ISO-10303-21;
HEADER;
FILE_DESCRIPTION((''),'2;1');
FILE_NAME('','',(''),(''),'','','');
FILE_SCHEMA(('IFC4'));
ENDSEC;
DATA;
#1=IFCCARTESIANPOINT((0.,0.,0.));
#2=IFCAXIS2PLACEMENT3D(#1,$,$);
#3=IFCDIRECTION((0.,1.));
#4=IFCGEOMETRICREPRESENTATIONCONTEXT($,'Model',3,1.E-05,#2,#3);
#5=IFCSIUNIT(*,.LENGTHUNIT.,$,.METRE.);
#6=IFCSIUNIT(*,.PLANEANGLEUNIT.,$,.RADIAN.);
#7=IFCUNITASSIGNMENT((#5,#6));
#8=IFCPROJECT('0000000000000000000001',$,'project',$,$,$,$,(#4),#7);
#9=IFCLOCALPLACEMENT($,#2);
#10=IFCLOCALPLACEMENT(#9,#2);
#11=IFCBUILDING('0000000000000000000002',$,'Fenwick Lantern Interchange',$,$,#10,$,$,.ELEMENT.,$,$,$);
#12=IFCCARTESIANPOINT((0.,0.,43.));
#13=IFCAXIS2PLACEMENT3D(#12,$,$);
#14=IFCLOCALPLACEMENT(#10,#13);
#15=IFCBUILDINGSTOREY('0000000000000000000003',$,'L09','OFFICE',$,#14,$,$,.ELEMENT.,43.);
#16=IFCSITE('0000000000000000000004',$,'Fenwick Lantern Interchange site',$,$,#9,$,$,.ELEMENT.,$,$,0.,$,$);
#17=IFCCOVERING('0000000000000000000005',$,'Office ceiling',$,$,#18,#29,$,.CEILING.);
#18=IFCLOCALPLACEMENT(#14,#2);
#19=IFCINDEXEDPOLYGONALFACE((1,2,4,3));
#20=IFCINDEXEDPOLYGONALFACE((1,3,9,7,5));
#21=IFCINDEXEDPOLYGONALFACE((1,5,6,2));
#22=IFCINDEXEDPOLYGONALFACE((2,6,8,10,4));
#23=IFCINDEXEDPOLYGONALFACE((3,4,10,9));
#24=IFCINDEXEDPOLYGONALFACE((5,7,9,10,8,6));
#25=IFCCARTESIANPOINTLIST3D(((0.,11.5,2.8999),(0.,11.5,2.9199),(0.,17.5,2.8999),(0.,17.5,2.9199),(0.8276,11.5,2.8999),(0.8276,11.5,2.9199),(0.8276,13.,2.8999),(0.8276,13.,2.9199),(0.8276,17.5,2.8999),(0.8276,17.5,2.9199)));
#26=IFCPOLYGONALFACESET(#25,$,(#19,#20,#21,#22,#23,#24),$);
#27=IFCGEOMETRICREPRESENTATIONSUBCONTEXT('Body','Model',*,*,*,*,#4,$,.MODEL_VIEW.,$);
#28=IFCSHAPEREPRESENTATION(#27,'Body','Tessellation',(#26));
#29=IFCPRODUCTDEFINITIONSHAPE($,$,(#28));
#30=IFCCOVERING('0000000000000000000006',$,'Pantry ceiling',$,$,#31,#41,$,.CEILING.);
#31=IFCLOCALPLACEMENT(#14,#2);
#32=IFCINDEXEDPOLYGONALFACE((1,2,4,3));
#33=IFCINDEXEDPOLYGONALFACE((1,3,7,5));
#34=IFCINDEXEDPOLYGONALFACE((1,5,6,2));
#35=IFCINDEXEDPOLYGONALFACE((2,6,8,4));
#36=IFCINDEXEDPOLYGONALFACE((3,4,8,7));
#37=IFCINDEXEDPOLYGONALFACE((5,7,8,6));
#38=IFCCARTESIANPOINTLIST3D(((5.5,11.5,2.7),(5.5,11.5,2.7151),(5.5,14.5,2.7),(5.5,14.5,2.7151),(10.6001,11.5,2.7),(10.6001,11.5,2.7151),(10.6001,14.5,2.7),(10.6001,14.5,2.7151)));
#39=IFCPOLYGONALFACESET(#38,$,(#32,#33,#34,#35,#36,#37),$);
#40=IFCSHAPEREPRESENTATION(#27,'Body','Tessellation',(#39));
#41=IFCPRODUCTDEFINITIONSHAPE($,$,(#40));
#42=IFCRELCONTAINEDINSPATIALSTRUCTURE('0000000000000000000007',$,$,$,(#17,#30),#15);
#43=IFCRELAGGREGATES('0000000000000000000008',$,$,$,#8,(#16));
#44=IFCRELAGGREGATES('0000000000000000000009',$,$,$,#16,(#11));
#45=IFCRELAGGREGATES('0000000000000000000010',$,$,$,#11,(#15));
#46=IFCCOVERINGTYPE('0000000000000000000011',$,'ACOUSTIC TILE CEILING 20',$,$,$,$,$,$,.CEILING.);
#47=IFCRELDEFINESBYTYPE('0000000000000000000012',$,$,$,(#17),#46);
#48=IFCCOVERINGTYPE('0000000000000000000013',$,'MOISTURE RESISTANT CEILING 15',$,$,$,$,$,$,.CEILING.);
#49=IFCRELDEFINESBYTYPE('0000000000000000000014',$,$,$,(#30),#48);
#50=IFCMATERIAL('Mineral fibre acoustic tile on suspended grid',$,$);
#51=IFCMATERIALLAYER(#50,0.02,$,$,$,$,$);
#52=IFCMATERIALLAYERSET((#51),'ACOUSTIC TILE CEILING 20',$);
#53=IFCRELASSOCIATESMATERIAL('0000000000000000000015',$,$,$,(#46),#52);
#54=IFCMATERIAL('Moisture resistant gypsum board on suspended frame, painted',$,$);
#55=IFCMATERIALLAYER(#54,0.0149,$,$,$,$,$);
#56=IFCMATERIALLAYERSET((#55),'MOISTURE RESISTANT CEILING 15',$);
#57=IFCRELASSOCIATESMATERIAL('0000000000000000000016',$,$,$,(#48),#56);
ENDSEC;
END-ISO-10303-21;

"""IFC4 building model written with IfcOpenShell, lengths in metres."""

from ifc_helpers import new_model, si_unit, direction, frame, origin, place, context, subcontext, project, spatial, polyline, outline, extrude, material, layer, layer_set, type_object, element, save


model = new_model("IFC4")

# Units and contexts
model_context = context("Model", 3, precision=1e-05, world=origin(), true_north=direction((0.0, 1.0)))
body_context = subcontext(model_context, "Body", "Model", "MODEL_VIEW")
ifc_project = project(units=[si_unit("LENGTHUNIT", "METRE"), si_unit("PLANEANGLEUNIT", "RADIAN")], contexts=[model_context])

# Site, building, storey
site_placement = place(None, origin())
site = spatial("IfcSite", under=ifc_project, at=site_placement, Name="Fenwick Lantern Interchange site", CompositionType="ELEMENT", RefElevation=0.0)
building_placement = place(site_placement, origin())
building = spatial("IfcBuilding", under=site, at=building_placement, Name="Fenwick Lantern Interchange", CompositionType="ELEMENT")
storey_placement = place(building_placement, frame((0.0, 0.0, 43.0)))
storey = spatial("IfcBuildingStorey", under=building, at=storey_placement, Name="L09", Description="OFFICE", CompositionType="ELEMENT", Elevation=43.0)

# Coverings
ifc_material_1 = material(Name="Mineral fibre acoustic tile on suspended grid")
ifc_layer_1 = layer(ifc_material_1, 0.02)
ifc_layer_set_1 = layer_set([ifc_layer_1], Name="ACOUSTIC TILE CEILING 20")
covering_type_1 = type_object("IfcCoveringType", Name="ACOUSTIC TILE CEILING 20", PredefinedType="CEILING", material=ifc_layer_set_1)
covering_1_placement = place(storey_placement, frame((0.0, 0.0, 2.8999)))
element("IfcCovering", 1, at=covering_1_placement, inside=storey, type_object=covering_type_1, Name="Office ceiling", PredefinedType="CEILING", context=body_context, shape_type="SweptSolid", body=[
    extrude(outline(polyline([(0.0, 11.5), (0.8276, 11.5), (0.8276, 13.0), (0.8276, 17.5), (0.0, 17.5), (0.0, 11.5)])), origin(), (0.0, 0.0, 1.0), 0.02),
])
ifc_material_2 = material(Name="Moisture resistant gypsum board on suspended frame, painted")
ifc_layer_2 = layer(ifc_material_2, 0.0149)
ifc_layer_set_2 = layer_set([ifc_layer_2], Name="MOISTURE RESISTANT CEILING 15")
covering_type_2 = type_object("IfcCoveringType", Name="MOISTURE RESISTANT CEILING 15", PredefinedType="CEILING", material=ifc_layer_set_2)
covering_2_placement = place(storey_placement, frame((0.0, 0.0, 2.7)))
element("IfcCovering", 2, at=covering_2_placement, inside=storey, type_object=covering_type_2, Name="Pantry ceiling", PredefinedType="CEILING", context=body_context, shape_type="SweptSolid", body=[
    extrude(outline(polyline([(5.5, 14.5), (5.5, 11.5), (10.6001, 11.5), (10.6001, 14.5), (5.5, 14.5)])), origin(), (0.0, 0.0, 1.0), 0.0151),
])

save(model, "model.ifc")
